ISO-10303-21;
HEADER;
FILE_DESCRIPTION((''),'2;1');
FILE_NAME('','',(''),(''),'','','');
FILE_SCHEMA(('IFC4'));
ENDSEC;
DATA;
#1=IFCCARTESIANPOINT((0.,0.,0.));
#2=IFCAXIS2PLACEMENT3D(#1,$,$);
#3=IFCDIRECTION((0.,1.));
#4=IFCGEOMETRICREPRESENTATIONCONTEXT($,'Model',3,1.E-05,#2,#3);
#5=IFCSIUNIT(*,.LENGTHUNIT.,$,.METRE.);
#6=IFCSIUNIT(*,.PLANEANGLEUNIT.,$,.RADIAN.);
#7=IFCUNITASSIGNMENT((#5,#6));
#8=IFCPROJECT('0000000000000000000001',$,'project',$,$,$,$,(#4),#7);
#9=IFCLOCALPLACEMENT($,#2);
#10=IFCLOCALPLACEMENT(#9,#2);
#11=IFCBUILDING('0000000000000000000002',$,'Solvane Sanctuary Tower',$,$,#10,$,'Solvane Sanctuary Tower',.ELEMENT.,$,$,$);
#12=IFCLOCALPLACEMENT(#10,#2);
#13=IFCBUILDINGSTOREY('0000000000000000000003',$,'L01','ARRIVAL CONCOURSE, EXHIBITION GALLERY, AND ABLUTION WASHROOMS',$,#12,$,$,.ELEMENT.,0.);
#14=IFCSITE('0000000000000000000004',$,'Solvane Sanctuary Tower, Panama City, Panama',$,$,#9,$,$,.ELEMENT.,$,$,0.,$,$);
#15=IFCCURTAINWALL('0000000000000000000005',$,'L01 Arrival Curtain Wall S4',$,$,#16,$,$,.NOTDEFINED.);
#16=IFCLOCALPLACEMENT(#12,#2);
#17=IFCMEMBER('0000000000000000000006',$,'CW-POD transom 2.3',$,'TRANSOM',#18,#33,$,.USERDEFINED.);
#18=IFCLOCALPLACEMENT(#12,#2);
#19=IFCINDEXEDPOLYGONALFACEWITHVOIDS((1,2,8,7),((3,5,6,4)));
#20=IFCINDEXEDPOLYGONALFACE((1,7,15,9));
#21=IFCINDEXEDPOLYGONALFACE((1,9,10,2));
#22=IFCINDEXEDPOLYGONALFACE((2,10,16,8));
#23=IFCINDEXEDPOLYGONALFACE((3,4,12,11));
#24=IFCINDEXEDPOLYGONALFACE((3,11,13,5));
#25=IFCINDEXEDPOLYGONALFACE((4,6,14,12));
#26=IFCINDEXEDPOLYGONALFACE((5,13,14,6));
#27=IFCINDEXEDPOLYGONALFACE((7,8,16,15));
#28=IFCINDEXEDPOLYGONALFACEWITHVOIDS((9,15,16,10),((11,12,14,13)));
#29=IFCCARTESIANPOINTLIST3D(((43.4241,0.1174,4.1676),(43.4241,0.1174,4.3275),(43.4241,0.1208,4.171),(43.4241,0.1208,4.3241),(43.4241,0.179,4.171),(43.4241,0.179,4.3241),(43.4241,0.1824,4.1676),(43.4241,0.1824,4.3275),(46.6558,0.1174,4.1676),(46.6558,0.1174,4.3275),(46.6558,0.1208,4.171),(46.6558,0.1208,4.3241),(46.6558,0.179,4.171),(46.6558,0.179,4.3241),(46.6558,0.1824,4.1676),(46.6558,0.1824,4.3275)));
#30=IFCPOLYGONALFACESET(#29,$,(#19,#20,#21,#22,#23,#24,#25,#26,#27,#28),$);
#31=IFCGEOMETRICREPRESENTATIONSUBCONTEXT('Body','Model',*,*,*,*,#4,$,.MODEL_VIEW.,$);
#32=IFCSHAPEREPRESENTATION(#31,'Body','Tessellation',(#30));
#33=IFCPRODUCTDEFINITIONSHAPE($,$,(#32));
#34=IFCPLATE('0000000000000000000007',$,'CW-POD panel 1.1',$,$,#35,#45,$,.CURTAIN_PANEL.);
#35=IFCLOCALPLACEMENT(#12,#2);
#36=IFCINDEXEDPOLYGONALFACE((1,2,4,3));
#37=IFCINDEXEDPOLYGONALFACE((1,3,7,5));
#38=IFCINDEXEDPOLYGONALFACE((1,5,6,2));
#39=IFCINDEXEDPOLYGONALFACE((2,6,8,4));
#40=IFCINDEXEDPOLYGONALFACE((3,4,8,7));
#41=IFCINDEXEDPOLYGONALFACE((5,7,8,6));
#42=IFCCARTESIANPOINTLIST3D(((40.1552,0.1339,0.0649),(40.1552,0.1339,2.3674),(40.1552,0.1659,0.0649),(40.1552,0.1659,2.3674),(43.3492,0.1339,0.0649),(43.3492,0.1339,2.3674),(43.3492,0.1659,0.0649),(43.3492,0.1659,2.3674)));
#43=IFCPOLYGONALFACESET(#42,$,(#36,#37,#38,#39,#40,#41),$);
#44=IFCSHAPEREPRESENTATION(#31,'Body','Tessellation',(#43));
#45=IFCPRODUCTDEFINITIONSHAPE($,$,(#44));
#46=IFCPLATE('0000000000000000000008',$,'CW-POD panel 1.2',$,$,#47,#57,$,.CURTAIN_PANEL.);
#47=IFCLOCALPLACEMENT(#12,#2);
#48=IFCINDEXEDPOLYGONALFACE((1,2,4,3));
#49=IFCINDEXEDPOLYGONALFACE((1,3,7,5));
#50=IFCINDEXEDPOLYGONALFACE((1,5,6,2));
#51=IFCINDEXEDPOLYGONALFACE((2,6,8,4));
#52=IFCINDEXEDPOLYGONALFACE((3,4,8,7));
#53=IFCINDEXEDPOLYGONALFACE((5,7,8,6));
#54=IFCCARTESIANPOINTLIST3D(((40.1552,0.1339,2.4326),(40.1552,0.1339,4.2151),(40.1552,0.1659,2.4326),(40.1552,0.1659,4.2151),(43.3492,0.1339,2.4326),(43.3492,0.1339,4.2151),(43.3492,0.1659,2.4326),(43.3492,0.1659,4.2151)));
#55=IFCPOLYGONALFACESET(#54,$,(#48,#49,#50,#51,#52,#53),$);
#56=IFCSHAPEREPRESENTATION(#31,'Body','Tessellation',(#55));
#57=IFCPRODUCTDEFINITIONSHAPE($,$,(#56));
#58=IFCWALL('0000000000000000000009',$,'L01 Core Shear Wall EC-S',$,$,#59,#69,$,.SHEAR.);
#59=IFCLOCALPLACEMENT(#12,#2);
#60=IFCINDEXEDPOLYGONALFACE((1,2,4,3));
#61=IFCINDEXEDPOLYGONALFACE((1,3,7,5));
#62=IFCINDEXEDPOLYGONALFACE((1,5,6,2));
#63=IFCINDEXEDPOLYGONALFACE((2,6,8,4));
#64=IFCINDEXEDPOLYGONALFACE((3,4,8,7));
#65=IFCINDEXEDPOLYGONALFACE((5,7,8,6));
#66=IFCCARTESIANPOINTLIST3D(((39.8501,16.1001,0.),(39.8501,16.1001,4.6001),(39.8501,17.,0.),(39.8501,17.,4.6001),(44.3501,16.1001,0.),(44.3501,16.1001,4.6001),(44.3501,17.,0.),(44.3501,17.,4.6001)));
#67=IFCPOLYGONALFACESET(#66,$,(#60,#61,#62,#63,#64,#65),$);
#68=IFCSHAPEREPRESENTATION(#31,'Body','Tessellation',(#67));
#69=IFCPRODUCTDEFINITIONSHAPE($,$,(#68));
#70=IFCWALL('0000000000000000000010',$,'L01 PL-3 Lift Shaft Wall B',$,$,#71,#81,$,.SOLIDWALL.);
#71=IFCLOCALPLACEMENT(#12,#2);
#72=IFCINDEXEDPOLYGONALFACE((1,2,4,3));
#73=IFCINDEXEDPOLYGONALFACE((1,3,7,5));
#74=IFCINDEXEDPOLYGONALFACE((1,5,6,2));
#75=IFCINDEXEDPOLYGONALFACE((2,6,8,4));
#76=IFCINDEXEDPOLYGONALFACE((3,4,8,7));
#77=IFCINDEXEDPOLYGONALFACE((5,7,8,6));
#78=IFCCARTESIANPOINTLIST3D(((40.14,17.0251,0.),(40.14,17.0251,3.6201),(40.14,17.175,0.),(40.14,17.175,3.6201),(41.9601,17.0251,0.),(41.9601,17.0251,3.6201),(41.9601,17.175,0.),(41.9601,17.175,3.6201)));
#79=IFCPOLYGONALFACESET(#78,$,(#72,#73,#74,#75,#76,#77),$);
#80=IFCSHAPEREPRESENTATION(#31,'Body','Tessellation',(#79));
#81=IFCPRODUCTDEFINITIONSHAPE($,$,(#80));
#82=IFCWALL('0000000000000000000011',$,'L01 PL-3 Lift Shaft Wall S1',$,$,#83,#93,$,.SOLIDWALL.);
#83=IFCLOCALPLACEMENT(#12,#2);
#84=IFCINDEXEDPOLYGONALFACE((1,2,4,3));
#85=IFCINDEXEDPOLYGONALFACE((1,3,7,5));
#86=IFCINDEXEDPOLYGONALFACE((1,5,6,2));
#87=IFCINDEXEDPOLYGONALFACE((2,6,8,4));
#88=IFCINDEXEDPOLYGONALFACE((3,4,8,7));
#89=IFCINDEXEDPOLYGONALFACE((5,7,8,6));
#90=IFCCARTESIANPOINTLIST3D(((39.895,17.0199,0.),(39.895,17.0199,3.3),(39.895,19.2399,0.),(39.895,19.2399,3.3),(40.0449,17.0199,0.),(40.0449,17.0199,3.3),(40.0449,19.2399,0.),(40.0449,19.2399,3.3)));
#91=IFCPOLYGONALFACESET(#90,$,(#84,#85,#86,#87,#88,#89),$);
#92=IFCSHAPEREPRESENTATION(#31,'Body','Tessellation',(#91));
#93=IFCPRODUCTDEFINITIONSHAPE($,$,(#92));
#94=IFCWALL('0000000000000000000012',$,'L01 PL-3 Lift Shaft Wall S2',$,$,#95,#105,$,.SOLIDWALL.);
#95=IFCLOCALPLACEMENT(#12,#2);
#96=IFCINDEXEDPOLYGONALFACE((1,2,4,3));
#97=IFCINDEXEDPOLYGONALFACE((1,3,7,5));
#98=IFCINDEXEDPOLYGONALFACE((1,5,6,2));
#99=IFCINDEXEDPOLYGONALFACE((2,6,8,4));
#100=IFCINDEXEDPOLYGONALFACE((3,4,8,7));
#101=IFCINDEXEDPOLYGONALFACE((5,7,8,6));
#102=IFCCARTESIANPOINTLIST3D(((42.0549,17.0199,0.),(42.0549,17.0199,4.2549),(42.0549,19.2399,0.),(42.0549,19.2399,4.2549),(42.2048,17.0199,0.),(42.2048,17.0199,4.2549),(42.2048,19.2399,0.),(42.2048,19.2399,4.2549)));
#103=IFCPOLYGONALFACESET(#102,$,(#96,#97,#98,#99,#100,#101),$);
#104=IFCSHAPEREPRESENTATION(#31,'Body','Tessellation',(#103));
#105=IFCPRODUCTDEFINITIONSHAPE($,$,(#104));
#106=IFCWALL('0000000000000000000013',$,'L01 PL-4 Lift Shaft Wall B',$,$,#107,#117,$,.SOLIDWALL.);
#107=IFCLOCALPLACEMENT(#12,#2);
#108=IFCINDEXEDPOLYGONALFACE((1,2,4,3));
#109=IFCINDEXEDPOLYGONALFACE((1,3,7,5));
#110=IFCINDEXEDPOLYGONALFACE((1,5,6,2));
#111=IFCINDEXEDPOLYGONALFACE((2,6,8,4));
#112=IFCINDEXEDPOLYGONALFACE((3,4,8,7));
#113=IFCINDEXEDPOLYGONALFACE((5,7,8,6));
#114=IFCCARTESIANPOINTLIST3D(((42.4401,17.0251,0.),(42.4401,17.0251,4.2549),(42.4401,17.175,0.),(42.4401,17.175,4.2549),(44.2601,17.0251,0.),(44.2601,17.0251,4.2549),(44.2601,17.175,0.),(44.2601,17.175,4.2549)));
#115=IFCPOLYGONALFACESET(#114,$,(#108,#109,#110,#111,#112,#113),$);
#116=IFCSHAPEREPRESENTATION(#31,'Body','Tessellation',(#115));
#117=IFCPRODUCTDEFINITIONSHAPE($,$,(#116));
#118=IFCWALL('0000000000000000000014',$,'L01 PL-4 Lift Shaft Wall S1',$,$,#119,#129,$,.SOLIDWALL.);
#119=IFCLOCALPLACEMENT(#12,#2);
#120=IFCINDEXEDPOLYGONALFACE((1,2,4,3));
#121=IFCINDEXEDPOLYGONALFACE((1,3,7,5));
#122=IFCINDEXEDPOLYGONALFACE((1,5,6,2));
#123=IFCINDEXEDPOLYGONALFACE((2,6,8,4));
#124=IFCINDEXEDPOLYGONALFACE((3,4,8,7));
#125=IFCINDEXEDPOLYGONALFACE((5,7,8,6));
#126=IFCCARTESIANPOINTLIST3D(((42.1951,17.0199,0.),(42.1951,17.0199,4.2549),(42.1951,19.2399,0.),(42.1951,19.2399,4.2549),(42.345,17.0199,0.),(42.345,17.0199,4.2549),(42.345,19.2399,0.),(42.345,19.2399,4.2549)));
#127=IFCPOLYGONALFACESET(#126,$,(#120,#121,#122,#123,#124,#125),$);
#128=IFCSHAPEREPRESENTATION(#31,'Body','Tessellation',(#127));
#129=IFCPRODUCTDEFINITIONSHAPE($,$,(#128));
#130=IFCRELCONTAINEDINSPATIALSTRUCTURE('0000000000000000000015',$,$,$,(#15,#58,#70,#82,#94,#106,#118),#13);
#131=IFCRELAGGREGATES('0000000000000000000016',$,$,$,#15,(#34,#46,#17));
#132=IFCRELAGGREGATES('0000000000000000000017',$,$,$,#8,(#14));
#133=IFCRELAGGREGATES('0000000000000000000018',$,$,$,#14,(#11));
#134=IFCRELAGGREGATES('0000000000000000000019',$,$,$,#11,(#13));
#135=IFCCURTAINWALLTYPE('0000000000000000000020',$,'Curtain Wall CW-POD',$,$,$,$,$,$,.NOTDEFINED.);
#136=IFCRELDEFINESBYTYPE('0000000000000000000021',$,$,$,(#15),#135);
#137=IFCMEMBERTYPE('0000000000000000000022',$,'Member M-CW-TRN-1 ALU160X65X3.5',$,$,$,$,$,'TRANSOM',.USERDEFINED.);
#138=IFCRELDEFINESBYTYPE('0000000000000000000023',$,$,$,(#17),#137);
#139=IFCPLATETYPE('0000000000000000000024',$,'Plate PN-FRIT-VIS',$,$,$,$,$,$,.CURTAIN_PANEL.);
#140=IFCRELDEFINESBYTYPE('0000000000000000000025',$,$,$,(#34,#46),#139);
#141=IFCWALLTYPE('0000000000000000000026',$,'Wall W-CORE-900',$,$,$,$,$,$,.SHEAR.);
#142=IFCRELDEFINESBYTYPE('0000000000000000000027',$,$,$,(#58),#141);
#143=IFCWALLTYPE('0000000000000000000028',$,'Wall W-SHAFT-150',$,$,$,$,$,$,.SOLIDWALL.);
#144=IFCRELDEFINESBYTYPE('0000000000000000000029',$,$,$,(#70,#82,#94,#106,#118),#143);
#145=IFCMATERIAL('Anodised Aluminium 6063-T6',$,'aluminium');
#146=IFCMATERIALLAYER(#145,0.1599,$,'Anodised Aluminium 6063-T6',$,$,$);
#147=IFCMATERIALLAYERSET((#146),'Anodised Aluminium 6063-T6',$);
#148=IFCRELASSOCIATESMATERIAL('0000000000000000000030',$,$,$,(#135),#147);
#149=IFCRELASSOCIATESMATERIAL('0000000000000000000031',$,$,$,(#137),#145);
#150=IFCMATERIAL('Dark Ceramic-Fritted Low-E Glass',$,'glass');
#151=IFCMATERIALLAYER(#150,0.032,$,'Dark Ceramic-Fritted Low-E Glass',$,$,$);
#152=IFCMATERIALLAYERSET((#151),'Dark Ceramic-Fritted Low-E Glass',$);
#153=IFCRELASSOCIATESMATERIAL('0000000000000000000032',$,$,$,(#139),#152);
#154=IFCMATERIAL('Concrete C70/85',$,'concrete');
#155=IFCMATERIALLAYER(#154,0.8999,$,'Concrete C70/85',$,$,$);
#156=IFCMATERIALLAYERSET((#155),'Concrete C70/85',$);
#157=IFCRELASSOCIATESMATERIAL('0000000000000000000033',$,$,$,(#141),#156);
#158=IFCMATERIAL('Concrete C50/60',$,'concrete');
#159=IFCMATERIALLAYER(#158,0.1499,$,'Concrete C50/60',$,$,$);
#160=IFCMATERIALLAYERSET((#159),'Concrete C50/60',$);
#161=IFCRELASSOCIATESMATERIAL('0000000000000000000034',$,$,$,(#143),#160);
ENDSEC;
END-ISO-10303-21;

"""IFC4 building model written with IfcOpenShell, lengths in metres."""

from ifc_helpers import new_model, si_unit, direction, frame, frame_2d, origin, origin_2d, place, context, subcontext, project, spatial, rectangle, hollow_rectangle, extrude, material, layer, layer_set, material_profile, profile_set, type_object, element, aggregate, save


model = new_model("IFC4")

# Units and contexts
model_context = context("Model", 3, precision=1e-05, world=origin(), true_north=direction((0.0, 1.0)))
body_context = subcontext(model_context, "Body", "Model", "MODEL_VIEW")
ifc_project = project(units=[si_unit("LENGTHUNIT", "METRE"), si_unit("PLANEANGLEUNIT", "RADIAN")], contexts=[model_context])

# Site, building, storey
site_placement = place(None, origin())
site = spatial("IfcSite", under=ifc_project, at=site_placement, Name="Solvane Sanctuary Tower, Panama City, Panama", CompositionType="ELEMENT", RefElevation=0.0)
building_placement = place(site_placement, origin())
building = spatial("IfcBuilding", under=site, at=building_placement, Name="Solvane Sanctuary Tower", LongName="Solvane Sanctuary Tower", CompositionType="ELEMENT")
storey_placement = place(building_placement, origin())
storey = spatial("IfcBuildingStorey", under=building, at=storey_placement, Name="L01", Description="ARRIVAL CONCOURSE, EXHIBITION GALLERY, AND ABLUTION WASHROOMS", CompositionType="ELEMENT", Elevation=0.0)

# Shared definitions
ifc_material_1 = material(Name="Concrete C70/85", Category="concrete")

# Curtain wall, member, plates
ifc_material_2 = material(Name="Anodised Aluminium 6063-T6", Category="aluminium")
ifc_layer_1 = layer(ifc_material_2, 0.1599, Name="Anodised Aluminium 6063-T6")
ifc_layer_set_1 = layer_set([ifc_layer_1], Name="Anodised Aluminium 6063-T6")
curtain_wall_type = type_object("IfcCurtainWallType", Name="Curtain Wall CW-POD", PredefinedType="NOTDEFINED", material=ifc_layer_set_1)
curtain_wall_placement = place(storey_placement, origin())
curtain_wall = element("IfcCurtainWall", 1, at=curtain_wall_placement, inside=storey, type_object=curtain_wall_type, Name="L01 Arrival Curtain Wall S4", PredefinedType="NOTDEFINED")
ifc_material_profile_1 = material_profile(ifc_material_2, hollow_rectangle(XDim=0.0649, YDim=0.1599, WallThickness=0.0034, at=origin_2d()), Name="ALU160X65X3.5")
ifc_profile_set_1 = profile_set([ifc_material_profile_1], Name="Anodised Aluminium 6063-T6")
member_type_1 = type_object("IfcMemberType", Name="Member M-CW-TRN-1 ALU160X65X3.5", ElementType="TRANSOM", PredefinedType="USERDEFINED", material=ifc_profile_set_1)
member_1_placement = place(storey_placement, frame((43.4241, 0.1499, 4.2476), z_axis=(1.0, 0.0, 0.0), x_axis=(0.0, 1.0, 0.0)))
member_1 = element("IfcMember", 2, at=member_1_placement, type_object=member_type_1, Name="CW-POD transom 2.3", ObjectType="TRANSOM", PredefinedType="USERDEFINED", context=body_context, shape_type="SweptSolid", body=[
    extrude(hollow_rectangle(XDim=0.0649, YDim=0.1599, WallThickness=0.0034, at=origin_2d()), origin(), (0.0, 0.0, 1.0), 3.2317),
])
ifc_material_3 = material(Name="Dark Ceramic-Fritted Low-E Glass", Category="glass")
ifc_layer_2 = layer(ifc_material_3, 0.032, Name="Dark Ceramic-Fritted Low-E Glass")
ifc_layer_set_2 = layer_set([ifc_layer_2], Name="Dark Ceramic-Fritted Low-E Glass")
plate_type = type_object("IfcPlateType", Name="Plate PN-FRIT-VIS", PredefinedType="CURTAIN_PANEL", material=ifc_layer_set_2)
plate_1_placement = place(storey_placement, frame((41.7522, 0.1499, 0.0649), z_axis=(0.0, 0.0, 1.0), x_axis=(1.0, 0.0, 0.0)))
plate_1 = element("IfcPlate", 3, at=plate_1_placement, type_object=plate_type, Name="CW-POD panel 1.1", PredefinedType="CURTAIN_PANEL", context=body_context, shape_type="SweptSolid", body=[
    extrude(rectangle(XDim=3.1941, YDim=0.032, at=origin_2d()), origin(), (0.0, 0.0, 1.0), 2.3025),
])
plate_2_placement = place(storey_placement, frame((41.7522, 0.1499, 2.4326), z_axis=(0.0, 0.0, 1.0), x_axis=(1.0, 0.0, 0.0)))
plate_2 = element("IfcPlate", 4, at=plate_2_placement, type_object=plate_type, Name="CW-POD panel 1.2", PredefinedType="CURTAIN_PANEL", context=body_context, shape_type="SweptSolid", body=[
    extrude(rectangle(XDim=3.1941, YDim=0.032, at=origin_2d()), origin(), (0.0, 0.0, 1.0), 1.7825),
])
aggregate(curtain_wall, [plate_1, plate_2, member_1])

# Walls
ifc_layer_3 = layer(ifc_material_1, 0.8999, Name="Concrete C70/85")
ifc_layer_set_3 = layer_set([ifc_layer_3], Name="Concrete C70/85")
wall_type_1 = type_object("IfcWallType", Name="Wall W-CORE-900", PredefinedType="SHEAR", material=ifc_layer_set_3)
wall_1_placement = place(storey_placement, frame((39.8501, 16.55, 0.0), z_axis=(0.0, 0.0, 1.0), x_axis=(1.0, 0.0, 0.0)))
element("IfcWall", 5, at=wall_1_placement, inside=storey, type_object=wall_type_1, Name="L01 Core Shear Wall EC-S", PredefinedType="SHEAR", context=body_context, shape_type="SweptSolid", body=[
    extrude(rectangle(XDim=4.5, YDim=0.8999, at=frame_2d((2.25, 0.0))), origin(), (0.0, 0.0, 1.0), 4.6001),
])
ifc_material_4 = material(Name="Concrete C50/60", Category="concrete")
ifc_layer_4 = layer(ifc_material_4, 0.1499, Name="Concrete C50/60")
ifc_layer_set_4 = layer_set([ifc_layer_4], Name="Concrete C50/60")
wall_type_2 = type_object("IfcWallType", Name="Wall W-SHAFT-150", PredefinedType="SOLIDWALL", material=ifc_layer_set_4)
wall_2_placement = place(storey_placement, frame((40.1399, 17.1001, 0.0), z_axis=(0.0, 0.0, 1.0), x_axis=(1.0, 0.0, 0.0)))
element("IfcWall", 6, at=wall_2_placement, inside=storey, type_object=wall_type_2, Name="L01 PL-3 Lift Shaft Wall B", PredefinedType="SOLIDWALL", context=body_context, shape_type="SweptSolid", body=[
    extrude(rectangle(XDim=1.8201, YDim=0.1499, at=frame_2d((0.9102, 0.0))), origin(), (0.0, 0.0, 1.0), 3.6201),
])
wall_3_placement = place(storey_placement, frame((39.97, 17.02, 0.0), z_axis=(0.0, 0.0, 1.0), x_axis=(0.0, 1.0, 0.0)))
element("IfcWall", 7, at=wall_3_placement, inside=storey, type_object=wall_type_2, Name="L01 PL-3 Lift Shaft Wall S1", PredefinedType="SOLIDWALL", context=body_context, shape_type="SweptSolid", body=[
    extrude(rectangle(XDim=2.22, YDim=0.1499, at=frame_2d((1.1099, 0.0))), origin(), (0.0, 0.0, 1.0), 3.3),
])
wall_4_placement = place(storey_placement, frame((42.1299, 17.02, 0.0), z_axis=(0.0, 0.0, 1.0), x_axis=(0.0, 1.0, 0.0)))
element("IfcWall", 8, at=wall_4_placement, inside=storey, type_object=wall_type_2, Name="L01 PL-3 Lift Shaft Wall S2", PredefinedType="SOLIDWALL", context=body_context, shape_type="SweptSolid", body=[
    extrude(rectangle(XDim=2.22, YDim=0.1499, at=frame_2d((1.1099, 0.0))), origin(), (0.0, 0.0, 1.0), 4.2549),
])
wall_5_placement = place(storey_placement, frame((42.4399, 17.1001, 0.0), z_axis=(0.0, 0.0, 1.0), x_axis=(1.0, 0.0, 0.0)))
element("IfcWall", 9, at=wall_5_placement, inside=storey, type_object=wall_type_2, Name="L01 PL-4 Lift Shaft Wall B", PredefinedType="SOLIDWALL", context=body_context, shape_type="SweptSolid", body=[
    extrude(rectangle(XDim=1.8201, YDim=0.1499, at=frame_2d((0.9102, 0.0))), origin(), (0.0, 0.0, 1.0), 4.2549),
])
wall_6_placement = place(storey_placement, frame((42.27, 17.02, 0.0), z_axis=(0.0, 0.0, 1.0), x_axis=(0.0, 1.0, 0.0)))
element("IfcWall", 10, at=wall_6_placement, inside=storey, type_object=wall_type_2, Name="L01 PL-4 Lift Shaft Wall S1", PredefinedType="SOLIDWALL", context=body_context, shape_type="SweptSolid", body=[
    extrude(rectangle(XDim=2.22, YDim=0.1499, at=frame_2d((1.1099, 0.0))), origin(), (0.0, 0.0, 1.0), 4.2549),
])

save(model, "model.ifc")
